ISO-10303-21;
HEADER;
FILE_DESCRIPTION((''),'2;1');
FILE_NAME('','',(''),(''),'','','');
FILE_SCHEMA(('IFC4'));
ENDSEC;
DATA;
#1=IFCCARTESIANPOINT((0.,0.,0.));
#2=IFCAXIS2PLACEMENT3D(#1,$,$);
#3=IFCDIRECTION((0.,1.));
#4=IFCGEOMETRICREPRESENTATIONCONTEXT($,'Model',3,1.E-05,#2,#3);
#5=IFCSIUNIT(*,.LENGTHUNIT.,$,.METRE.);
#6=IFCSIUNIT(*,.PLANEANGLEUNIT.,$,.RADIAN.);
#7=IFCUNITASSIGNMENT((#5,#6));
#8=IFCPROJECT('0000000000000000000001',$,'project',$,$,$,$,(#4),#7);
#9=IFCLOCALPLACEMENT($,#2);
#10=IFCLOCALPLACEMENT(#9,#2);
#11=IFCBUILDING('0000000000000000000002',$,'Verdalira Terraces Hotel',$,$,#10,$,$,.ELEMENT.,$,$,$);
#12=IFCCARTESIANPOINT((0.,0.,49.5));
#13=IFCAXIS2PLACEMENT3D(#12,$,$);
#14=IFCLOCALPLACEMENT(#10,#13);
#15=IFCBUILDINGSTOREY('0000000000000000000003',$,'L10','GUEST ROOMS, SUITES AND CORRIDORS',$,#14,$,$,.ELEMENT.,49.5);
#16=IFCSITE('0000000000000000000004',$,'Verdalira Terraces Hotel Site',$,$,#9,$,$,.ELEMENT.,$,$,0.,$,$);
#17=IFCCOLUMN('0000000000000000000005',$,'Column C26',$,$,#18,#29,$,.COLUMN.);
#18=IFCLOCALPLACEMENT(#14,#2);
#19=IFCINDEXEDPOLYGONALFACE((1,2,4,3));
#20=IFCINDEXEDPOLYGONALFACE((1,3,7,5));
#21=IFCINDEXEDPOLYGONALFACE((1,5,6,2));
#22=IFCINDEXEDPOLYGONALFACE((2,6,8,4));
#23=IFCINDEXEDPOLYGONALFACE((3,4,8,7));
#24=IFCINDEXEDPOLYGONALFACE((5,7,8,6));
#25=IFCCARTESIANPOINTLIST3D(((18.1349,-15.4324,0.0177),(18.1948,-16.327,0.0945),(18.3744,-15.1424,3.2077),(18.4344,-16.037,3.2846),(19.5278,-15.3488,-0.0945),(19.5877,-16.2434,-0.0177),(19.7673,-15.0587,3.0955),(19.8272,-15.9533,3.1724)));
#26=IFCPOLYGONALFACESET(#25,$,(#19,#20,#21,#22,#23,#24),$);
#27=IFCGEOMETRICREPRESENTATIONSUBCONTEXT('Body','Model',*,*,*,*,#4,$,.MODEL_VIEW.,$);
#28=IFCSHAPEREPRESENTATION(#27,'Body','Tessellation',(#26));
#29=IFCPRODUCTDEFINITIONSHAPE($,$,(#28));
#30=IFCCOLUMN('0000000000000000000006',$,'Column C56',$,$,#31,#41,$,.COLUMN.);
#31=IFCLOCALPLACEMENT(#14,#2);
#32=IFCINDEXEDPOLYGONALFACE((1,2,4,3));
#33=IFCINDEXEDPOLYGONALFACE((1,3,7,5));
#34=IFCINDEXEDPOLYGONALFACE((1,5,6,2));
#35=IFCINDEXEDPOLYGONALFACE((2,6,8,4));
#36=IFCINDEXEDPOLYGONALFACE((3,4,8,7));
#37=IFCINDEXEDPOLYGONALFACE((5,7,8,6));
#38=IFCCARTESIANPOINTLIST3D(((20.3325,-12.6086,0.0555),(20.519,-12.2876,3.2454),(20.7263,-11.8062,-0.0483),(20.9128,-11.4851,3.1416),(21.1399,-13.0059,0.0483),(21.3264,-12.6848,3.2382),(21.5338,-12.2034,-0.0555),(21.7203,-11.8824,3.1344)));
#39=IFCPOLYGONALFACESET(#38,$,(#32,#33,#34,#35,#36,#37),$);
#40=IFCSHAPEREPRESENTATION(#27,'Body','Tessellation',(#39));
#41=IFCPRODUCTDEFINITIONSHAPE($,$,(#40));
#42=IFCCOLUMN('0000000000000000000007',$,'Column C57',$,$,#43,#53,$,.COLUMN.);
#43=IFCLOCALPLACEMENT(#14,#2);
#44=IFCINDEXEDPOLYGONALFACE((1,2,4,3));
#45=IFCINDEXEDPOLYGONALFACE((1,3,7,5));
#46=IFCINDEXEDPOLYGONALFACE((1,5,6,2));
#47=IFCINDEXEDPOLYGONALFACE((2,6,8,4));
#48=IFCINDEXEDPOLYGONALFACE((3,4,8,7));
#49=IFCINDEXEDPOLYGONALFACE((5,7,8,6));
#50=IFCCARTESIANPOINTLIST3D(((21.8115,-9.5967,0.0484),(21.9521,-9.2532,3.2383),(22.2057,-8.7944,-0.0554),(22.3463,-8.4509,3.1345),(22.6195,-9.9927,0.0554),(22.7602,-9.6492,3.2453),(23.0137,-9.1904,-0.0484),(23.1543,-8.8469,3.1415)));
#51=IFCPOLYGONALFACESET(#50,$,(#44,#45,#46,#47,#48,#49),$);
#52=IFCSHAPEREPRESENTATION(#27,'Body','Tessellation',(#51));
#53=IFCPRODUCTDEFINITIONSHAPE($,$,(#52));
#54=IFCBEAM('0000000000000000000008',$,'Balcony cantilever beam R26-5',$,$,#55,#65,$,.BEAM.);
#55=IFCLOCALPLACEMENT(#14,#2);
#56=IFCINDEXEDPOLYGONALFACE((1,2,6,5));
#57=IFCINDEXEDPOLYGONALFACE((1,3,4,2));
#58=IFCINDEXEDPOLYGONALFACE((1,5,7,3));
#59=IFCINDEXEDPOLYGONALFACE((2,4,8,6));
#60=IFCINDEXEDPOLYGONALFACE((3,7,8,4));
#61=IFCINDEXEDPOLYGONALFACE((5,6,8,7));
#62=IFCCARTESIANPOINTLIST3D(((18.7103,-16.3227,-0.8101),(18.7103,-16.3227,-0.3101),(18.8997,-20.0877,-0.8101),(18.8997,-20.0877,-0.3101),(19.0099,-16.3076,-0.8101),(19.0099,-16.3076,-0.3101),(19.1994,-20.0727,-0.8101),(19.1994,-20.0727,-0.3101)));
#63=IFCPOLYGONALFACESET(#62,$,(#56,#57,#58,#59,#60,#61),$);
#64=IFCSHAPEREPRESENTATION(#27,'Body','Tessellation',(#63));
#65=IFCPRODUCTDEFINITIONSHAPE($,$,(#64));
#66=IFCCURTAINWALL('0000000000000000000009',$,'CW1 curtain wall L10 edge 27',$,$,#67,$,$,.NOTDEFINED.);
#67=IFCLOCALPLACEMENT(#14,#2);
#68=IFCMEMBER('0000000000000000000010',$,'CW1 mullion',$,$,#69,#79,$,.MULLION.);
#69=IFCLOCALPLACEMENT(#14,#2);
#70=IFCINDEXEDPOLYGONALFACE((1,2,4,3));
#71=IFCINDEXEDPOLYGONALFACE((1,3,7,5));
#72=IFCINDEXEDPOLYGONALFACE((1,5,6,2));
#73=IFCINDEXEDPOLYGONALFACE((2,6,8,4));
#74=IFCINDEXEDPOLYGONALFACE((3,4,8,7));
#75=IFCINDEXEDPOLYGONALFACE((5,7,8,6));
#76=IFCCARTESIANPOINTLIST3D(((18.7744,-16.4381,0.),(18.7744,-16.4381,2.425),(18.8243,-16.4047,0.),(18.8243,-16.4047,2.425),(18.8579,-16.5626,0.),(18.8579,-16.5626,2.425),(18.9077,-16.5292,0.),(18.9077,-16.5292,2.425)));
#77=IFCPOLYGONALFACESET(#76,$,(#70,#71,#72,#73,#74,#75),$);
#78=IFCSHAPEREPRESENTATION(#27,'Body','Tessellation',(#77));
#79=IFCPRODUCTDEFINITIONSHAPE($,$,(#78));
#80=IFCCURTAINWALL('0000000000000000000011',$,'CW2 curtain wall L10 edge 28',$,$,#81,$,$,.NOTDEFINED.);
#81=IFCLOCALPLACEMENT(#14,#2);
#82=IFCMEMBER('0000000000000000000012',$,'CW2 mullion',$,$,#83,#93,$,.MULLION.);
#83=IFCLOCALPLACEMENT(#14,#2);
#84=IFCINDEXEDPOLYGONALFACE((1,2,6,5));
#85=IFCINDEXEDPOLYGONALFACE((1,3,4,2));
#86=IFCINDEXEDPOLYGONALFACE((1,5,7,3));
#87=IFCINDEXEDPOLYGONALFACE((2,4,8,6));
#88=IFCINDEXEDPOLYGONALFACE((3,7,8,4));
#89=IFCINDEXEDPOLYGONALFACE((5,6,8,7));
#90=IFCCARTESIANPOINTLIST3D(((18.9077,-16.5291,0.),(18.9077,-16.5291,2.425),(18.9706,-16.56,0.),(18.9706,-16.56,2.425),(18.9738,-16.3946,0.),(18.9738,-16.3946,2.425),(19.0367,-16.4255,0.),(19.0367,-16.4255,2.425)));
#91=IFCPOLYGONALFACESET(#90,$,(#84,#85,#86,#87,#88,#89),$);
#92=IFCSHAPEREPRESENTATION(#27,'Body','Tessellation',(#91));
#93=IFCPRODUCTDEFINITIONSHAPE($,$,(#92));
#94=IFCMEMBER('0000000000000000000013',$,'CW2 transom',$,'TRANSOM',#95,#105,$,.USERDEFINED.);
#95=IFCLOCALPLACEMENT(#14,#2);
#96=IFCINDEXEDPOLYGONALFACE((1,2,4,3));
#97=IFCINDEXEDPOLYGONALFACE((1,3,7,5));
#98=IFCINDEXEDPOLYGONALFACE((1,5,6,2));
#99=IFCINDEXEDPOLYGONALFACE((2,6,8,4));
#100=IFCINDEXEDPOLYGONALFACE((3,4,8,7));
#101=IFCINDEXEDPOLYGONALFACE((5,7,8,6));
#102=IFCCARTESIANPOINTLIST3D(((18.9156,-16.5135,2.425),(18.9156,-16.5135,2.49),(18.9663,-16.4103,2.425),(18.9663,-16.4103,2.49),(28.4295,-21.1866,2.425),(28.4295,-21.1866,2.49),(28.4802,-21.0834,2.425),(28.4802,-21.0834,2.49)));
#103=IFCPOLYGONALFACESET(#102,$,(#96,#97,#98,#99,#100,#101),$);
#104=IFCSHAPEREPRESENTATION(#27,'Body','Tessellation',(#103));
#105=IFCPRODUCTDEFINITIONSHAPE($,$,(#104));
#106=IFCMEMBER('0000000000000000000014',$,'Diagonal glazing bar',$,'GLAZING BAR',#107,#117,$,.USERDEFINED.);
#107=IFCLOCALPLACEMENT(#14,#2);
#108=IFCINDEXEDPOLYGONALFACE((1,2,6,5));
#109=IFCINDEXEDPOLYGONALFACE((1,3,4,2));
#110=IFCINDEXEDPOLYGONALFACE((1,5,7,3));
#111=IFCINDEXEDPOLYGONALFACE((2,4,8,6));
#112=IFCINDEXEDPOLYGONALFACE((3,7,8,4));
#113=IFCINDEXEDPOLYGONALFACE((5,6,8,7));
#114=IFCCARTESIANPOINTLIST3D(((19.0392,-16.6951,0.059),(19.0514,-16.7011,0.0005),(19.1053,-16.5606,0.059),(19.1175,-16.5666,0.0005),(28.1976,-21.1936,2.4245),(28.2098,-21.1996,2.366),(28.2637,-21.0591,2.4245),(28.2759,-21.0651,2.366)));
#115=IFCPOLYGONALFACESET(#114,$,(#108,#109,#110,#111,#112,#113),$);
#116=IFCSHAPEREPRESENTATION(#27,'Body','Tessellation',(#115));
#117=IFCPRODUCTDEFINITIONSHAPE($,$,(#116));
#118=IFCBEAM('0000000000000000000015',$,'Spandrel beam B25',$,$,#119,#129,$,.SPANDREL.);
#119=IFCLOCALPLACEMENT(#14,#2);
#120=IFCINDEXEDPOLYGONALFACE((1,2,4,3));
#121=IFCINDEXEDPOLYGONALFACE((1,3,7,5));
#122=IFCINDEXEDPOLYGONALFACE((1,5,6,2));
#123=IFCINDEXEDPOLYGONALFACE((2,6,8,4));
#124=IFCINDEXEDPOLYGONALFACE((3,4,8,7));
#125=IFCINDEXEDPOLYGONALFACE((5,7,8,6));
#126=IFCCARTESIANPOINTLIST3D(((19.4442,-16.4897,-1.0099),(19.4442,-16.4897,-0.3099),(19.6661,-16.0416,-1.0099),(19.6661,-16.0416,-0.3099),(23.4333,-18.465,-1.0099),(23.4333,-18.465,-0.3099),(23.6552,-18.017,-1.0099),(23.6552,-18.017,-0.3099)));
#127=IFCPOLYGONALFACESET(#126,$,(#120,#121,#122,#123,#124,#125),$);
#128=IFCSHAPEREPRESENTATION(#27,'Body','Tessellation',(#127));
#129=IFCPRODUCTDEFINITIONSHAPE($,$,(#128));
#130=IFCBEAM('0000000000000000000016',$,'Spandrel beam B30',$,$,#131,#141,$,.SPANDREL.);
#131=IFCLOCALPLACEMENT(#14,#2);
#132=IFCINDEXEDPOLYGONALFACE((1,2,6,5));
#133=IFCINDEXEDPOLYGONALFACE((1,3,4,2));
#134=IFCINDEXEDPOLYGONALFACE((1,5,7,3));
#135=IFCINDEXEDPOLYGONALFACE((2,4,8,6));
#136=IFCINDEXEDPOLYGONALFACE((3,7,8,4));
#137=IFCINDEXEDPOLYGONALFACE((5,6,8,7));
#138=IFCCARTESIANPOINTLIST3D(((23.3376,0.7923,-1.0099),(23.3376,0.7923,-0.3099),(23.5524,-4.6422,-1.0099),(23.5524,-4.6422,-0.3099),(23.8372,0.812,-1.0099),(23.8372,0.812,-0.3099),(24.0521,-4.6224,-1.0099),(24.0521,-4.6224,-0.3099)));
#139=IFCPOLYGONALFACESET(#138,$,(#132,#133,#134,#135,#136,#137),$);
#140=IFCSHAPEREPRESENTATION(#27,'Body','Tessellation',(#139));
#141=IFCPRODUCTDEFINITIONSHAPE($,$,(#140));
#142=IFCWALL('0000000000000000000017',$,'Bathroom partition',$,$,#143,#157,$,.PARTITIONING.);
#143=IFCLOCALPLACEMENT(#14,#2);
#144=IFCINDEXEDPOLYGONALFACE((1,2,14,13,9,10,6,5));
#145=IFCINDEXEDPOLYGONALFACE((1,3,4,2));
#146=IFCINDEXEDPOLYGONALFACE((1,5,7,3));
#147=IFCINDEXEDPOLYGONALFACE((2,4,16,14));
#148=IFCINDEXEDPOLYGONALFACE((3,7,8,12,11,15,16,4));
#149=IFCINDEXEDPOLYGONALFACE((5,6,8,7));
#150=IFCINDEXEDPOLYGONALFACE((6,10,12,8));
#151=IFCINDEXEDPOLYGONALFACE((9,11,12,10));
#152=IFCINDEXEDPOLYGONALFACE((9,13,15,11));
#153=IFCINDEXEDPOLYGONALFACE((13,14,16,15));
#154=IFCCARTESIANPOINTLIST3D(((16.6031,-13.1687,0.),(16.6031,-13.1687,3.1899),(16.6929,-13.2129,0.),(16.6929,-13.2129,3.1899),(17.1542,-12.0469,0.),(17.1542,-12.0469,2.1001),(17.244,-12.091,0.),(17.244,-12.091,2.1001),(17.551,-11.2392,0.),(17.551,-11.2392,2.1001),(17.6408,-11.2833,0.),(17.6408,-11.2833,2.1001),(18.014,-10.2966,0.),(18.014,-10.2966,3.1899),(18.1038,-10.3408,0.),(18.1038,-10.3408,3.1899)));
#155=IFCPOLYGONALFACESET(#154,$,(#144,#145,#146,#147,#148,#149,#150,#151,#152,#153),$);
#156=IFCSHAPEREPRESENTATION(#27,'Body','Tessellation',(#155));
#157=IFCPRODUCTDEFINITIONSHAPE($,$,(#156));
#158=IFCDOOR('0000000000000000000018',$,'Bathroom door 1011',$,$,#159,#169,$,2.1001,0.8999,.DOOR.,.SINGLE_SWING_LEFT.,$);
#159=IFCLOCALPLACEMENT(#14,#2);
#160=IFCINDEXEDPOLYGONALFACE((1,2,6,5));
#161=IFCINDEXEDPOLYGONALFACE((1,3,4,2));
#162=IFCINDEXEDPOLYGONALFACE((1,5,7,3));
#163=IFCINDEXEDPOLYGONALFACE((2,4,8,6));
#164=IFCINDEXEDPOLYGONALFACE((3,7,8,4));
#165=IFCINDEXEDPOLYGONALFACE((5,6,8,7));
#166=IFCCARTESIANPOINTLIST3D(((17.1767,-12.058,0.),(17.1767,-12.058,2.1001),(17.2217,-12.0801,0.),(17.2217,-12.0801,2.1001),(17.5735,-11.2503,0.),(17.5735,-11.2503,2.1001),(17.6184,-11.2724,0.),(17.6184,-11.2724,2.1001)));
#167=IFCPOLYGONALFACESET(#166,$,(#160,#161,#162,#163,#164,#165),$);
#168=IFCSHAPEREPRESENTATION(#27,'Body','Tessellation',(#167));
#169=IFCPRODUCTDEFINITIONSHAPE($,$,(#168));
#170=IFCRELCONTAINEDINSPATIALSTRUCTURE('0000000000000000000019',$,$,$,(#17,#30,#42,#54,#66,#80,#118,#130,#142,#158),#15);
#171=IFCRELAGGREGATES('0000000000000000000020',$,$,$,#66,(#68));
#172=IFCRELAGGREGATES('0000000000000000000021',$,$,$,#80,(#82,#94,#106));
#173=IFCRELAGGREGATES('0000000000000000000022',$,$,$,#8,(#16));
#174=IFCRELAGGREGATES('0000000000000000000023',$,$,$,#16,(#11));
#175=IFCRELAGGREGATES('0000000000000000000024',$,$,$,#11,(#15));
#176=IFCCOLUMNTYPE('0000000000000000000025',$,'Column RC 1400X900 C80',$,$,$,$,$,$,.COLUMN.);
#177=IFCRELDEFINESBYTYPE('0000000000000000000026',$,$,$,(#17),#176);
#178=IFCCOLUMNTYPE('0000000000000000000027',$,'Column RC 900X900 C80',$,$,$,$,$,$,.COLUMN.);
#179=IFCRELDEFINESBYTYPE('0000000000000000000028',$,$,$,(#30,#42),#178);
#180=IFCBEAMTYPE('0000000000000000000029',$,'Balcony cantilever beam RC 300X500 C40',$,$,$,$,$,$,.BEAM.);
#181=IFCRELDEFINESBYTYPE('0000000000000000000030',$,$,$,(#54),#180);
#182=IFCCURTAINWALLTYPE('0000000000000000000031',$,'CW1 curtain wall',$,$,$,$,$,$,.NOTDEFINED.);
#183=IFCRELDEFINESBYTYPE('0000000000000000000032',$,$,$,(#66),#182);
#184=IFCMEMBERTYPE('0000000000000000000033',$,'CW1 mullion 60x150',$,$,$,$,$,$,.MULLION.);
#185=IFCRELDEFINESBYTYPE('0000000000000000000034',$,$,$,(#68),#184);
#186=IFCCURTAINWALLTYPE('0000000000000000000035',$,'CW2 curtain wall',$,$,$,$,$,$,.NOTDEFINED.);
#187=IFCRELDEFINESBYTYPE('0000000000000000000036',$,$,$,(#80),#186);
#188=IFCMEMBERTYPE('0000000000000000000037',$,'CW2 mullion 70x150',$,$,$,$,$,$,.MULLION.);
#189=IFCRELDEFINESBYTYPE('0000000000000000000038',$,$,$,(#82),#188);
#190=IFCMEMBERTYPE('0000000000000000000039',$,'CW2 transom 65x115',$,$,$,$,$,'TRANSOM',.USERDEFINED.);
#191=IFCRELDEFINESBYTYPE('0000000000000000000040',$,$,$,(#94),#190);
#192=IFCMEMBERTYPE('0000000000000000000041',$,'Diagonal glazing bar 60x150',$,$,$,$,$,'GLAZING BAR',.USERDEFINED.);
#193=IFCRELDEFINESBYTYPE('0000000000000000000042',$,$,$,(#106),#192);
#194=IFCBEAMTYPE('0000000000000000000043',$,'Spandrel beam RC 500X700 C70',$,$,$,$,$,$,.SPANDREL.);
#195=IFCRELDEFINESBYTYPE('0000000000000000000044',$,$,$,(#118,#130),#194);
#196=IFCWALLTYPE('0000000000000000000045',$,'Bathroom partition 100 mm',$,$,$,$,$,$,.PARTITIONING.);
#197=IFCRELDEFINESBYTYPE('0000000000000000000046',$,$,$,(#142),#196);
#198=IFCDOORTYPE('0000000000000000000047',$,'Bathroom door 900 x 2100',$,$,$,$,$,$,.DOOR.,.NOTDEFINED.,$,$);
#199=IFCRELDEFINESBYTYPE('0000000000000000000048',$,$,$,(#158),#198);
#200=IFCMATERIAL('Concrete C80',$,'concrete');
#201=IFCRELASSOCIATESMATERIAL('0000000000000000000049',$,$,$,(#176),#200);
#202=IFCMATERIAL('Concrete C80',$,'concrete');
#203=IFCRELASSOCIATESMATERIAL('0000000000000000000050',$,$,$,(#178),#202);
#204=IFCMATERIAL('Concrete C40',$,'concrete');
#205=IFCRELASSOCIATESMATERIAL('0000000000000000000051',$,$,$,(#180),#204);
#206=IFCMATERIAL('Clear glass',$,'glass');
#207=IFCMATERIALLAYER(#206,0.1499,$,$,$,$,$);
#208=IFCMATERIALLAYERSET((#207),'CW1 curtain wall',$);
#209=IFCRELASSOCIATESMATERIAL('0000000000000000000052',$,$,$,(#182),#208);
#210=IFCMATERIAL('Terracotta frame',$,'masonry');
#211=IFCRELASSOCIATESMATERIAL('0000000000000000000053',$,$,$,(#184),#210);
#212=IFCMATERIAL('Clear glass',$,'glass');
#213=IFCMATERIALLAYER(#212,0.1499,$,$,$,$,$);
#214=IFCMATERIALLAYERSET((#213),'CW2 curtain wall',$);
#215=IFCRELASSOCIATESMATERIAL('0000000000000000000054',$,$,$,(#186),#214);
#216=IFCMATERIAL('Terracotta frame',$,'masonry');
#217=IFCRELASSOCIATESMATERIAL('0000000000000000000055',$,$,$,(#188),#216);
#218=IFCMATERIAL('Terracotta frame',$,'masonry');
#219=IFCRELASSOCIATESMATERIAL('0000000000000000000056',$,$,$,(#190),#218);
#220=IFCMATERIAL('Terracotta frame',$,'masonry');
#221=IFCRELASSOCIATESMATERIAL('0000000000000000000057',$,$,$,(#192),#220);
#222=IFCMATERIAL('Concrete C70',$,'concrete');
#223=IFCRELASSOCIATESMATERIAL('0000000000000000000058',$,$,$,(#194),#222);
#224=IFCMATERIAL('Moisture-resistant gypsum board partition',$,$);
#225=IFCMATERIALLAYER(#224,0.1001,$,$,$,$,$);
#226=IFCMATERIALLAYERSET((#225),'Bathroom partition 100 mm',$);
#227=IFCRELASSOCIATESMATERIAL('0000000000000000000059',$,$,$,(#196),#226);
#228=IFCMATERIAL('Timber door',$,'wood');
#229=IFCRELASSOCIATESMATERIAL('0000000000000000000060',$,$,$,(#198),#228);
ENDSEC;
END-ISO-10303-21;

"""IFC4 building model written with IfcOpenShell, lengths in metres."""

from ifc_helpers import new_model, si_unit, direction, frame, frame_2d, origin, origin_2d, place, context, subcontext, project, spatial, rectangle, extrude, material, layer, layer_set, material_profile, profile_set, type_object, element, fill, aggregate, save


model = new_model("IFC4")

# Units and contexts
model_context = context("Model", 3, precision=1e-05, world=origin(), true_north=direction((0.0, 1.0)))
body_context = subcontext(model_context, "Body", "Model", "MODEL_VIEW")
ifc_project = project(units=[si_unit("LENGTHUNIT", "METRE"), si_unit("PLANEANGLEUNIT", "RADIAN")], contexts=[model_context])

# Site, building, storey
site_placement = place(None, origin())
site = spatial("IfcSite", under=ifc_project, at=site_placement, Name="Verdalira Terraces Hotel Site", CompositionType="ELEMENT", RefElevation=0.0)
building_placement = place(site_placement, origin())
building = spatial("IfcBuilding", under=site, at=building_placement, Name="Verdalira Terraces Hotel", CompositionType="ELEMENT")
storey_placement = place(building_placement, frame((0.0, 0.0, 49.5)))
storey = spatial("IfcBuildingStorey", under=building, at=storey_placement, Name="L10", Description="GUEST ROOMS, SUITES AND CORRIDORS", CompositionType="ELEMENT", Elevation=49.5)

# Columns
ifc_material_1 = material(Name="Concrete C80", Category="concrete")
ifc_material_profile_1 = material_profile(ifc_material_1, rectangle(XDim=1.3999, YDim=0.8999, at=origin_2d()), Name="RC 1400X900")
ifc_profile_set_1 = profile_set([ifc_material_profile_1], Name="Concrete C80")
column_type_1 = type_object("IfcColumnType", Name="Column RC 1400X900 C80", PredefinedType="COLUMN", material=ifc_profile_set_1)
column_placement = place(storey_placement, frame((18.8613, -15.8379, 0.0), z_axis=(0.074564, 0.090297, 0.99312), x_axis=(-0.994991, -0.05976, 0.080138)))
element("IfcColumn", 1, at=column_placement, inside=storey, type_object=column_type_1, Name="Column C26", PredefinedType="COLUMN", context=body_context, shape_type="SweptSolid", body=[
    extrude(rectangle(XDim=1.3999, YDim=0.8999, at=origin_2d()), origin(), (0.0, 0.0, 1.0), 3.2122),
])
ifc_material_2 = material(Name="Concrete C80", Category="concrete")
ifc_material_profile_2 = material_profile(ifc_material_2, rectangle(XDim=0.8999, YDim=0.8999, at=origin_2d()), Name="RC 900X900")
ifc_profile_set_2 = profile_set([ifc_material_profile_2], Name="Concrete C80")
column_type_2 = type_object("IfcColumnType", Name="Column RC 900X900 C80", PredefinedType="COLUMN", material=ifc_profile_set_2)
for number, where, z_axis, x_axis, name in (
    (2, (20.9331, -12.406, 0.0), (0.05808, 0.099968, 0.993294), (0.89726, -0.44143, -0.008038), "Column C56"),
    (3, (22.4126, -9.3936, 0.0), (0.043788, 0.106962, 0.993298), (0.897908, -0.440114, 0.00781), "Column C57"),
):
    element("IfcColumn", number, at=place(storey_placement, frame(where, z_axis=z_axis, x_axis=x_axis)), inside=storey, type_object=column_type_2, Name=name, PredefinedType="COLUMN", context=body_context, shape_type="SweptSolid", body=[
        extrude(rectangle(XDim=0.8999, YDim=0.8999, at=origin_2d()), origin(), (0.0, 0.0, 1.0), 3.2114),
    ])

# Beam
ifc_material_3 = material(Name="Concrete C40", Category="concrete")
ifc_material_profile_3 = material_profile(ifc_material_3, rectangle(XDim=0.3, YDim=0.5, at=origin_2d()), Name="RC 300X500")
ifc_profile_set_3 = profile_set([ifc_material_profile_3], Name="Concrete C40")
beam_type_1 = type_object("IfcBeamType", Name="Balcony cantilever beam RC 300X500 C40", PredefinedType="BEAM", material=ifc_profile_set_3)
beam_1_placement = place(storey_placement, frame((18.8601, -16.3152, -0.5601), z_axis=(0.050257, -0.998736, 0.0), x_axis=(0.998736, 0.050257, 0.0)))
element("IfcBeam", 4, at=beam_1_placement, inside=storey, type_object=beam_type_1, Name="Balcony cantilever beam R26-5", PredefinedType="BEAM", context=body_context, shape_type="SweptSolid", body=[
    extrude(rectangle(XDim=0.3, YDim=0.5, at=origin_2d()), origin(), (0.0, 0.0, 1.0), 3.7698),
])

# Curtain wall, member
ifc_material_4 = material(Name="Clear glass", Category="glass")
ifc_layer_1 = layer(ifc_material_4, 0.1499)
ifc_layer_set_1 = layer_set([ifc_layer_1], Name="CW1 curtain wall")
curtain_wall_type_1 = type_object("IfcCurtainWallType", Name="CW1 curtain wall", PredefinedType="NOTDEFINED", material=ifc_layer_set_1)
curtain_wall_1_placement = place(storey_placement, origin())
curtain_wall_1 = element("IfcCurtainWall", 5, at=curtain_wall_1_placement, inside=storey, type_object=curtain_wall_type_1, Name="CW1 curtain wall L10 edge 27", PredefinedType="NOTDEFINED")
ifc_material_5 = material(Name="Terracotta frame", Category="masonry")
ifc_material_profile_4 = material_profile(ifc_material_5, rectangle(XDim=0.0601, YDim=0.1499, at=origin_2d()), Name="MU 60x150")
ifc_profile_set_4 = profile_set([ifc_material_profile_4], Name="Terracotta frame")
member_type_1 = type_object("IfcMemberType", Name="CW1 mullion 60x150", PredefinedType="MULLION", material=ifc_profile_set_4)
member_1_placement = place(storey_placement, frame((18.8411, -16.4836, 0.0), z_axis=(0.0, 0.0, 1.0), x_axis=(0.830596, 0.556876, 0.0)))
member_1 = element("IfcMember", 6, at=member_1_placement, type_object=member_type_1, Name="CW1 mullion", PredefinedType="MULLION", context=body_context, shape_type="SweptSolid", body=[
    extrude(rectangle(XDim=0.0601, YDim=0.1499, at=origin_2d()), origin(), (0.0, 0.0, 1.0), 2.425),
])
aggregate(curtain_wall_1, [member_1])

# Curtain wall, members
ifc_material_6 = material(Name="Clear glass", Category="glass")
ifc_layer_2 = layer(ifc_material_6, 0.1499)
ifc_layer_set_2 = layer_set([ifc_layer_2], Name="CW2 curtain wall")
curtain_wall_type_2 = type_object("IfcCurtainWallType", Name="CW2 curtain wall", PredefinedType="NOTDEFINED", material=ifc_layer_set_2)
curtain_wall_2_placement = place(storey_placement, origin())
curtain_wall_2 = element("IfcCurtainWall", 7, at=curtain_wall_2_placement, inside=storey, type_object=curtain_wall_type_2, Name="CW2 curtain wall L10 edge 28", PredefinedType="NOTDEFINED")
ifc_material_7 = material(Name="Terracotta frame", Category="masonry")
ifc_material_profile_5 = material_profile(ifc_material_7, rectangle(XDim=0.0701, YDim=0.1499, at=origin_2d()), Name="MU 70x150")
ifc_profile_set_5 = profile_set([ifc_material_profile_5], Name="Terracotta frame")
member_type_2 = type_object("IfcMemberType", Name="CW2 mullion 70x150", PredefinedType="MULLION", material=ifc_profile_set_5)
member_2_placement = place(storey_placement, frame((18.9722, -16.4773, 0.0), z_axis=(0.0, 0.0, 1.0), x_axis=(0.897566, -0.440879, 0.0)))
member_2 = element("IfcMember", 8, at=member_2_placement, type_object=member_type_2, Name="CW2 mullion", PredefinedType="MULLION", context=body_context, shape_type="SweptSolid", body=[
    extrude(rectangle(XDim=0.0701, YDim=0.1499, at=origin_2d()), origin(), (0.0, 0.0, 1.0), 2.425),
])
ifc_material_8 = material(Name="Terracotta frame", Category="masonry")
ifc_material_profile_6 = material_profile(ifc_material_8, rectangle(XDim=0.115, YDim=0.0649, at=origin_2d()), Name="TR 65x115")
ifc_profile_set_6 = profile_set([ifc_material_profile_6], Name="Terracotta frame")
member_type_3 = type_object("IfcMemberType", Name="CW2 transom 65x115", ElementType="TRANSOM", PredefinedType="USERDEFINED", material=ifc_profile_set_6)
member_3_placement = place(storey_placement, frame((18.9409, -16.4619, 2.4575), z_axis=(0.89757, -0.440873, 0.0), x_axis=(0.440873, 0.89757, 0.0)))
member_3 = element("IfcMember", 9, at=member_3_placement, type_object=member_type_3, Name="CW2 transom", ObjectType="TRANSOM", PredefinedType="USERDEFINED", context=body_context, shape_type="SweptSolid", body=[
    extrude(rectangle(XDim=0.115, YDim=0.0649, at=origin_2d()), origin(), (0.0, 0.0, 1.0), 10.5996),
])
ifc_material_9 = material(Name="Terracotta frame", Category="masonry")
ifc_material_profile_7 = material_profile(ifc_material_9, rectangle(XDim=0.1499, YDim=0.0601, at=origin_2d()), Name="GB 60x150")
ifc_profile_set_7 = profile_set([ifc_material_profile_7], Name="Terracotta frame")
member_type_4 = type_object("IfcMemberType", Name="Diagonal glazing bar 60x150", ElementType="GLAZING BAR", PredefinedType="USERDEFINED", material=ifc_profile_set_7)
member_4_placement = place(storey_placement, frame((19.0784, -16.6309, 0.0298), z_axis=(0.874379, -0.429486, 0.225838), x_axis=(0.440876, 0.897568, 0.0)))
member_4 = element("IfcMember", 10, at=member_4_placement, type_object=member_type_4, Name="Diagonal glazing bar", ObjectType="GLAZING BAR", PredefinedType="USERDEFINED", context=body_context, shape_type="SweptSolid", body=[
    extrude(rectangle(XDim=0.1499, YDim=0.0601, at=origin_2d()), origin(), (0.0, 0.0, 1.0), 10.4741),
])
aggregate(curtain_wall_2, [member_2, member_3, member_4])

# Beams
ifc_material_10 = material(Name="Concrete C70", Category="concrete")
ifc_material_profile_8 = material_profile(ifc_material_10, rectangle(XDim=0.5, YDim=0.7, at=origin_2d()), Name="RC 500X700")
ifc_profile_set_8 = profile_set([ifc_material_profile_8], Name="Concrete C70")
beam_type_2 = type_object("IfcBeamType", Name="Spandrel beam RC 500X700 C70", PredefinedType="SPANDREL", material=ifc_profile_set_8)
beam_2_placement = place(storey_placement, frame((19.5552, -16.2656, -0.6599), z_axis=(0.896143, -0.443766, 0.0), x_axis=(0.443766, 0.896143, 0.0)))
element("IfcBeam", 11, at=beam_2_placement, inside=storey, type_object=beam_type_2, Name="Spandrel beam B25", PredefinedType="SPANDREL", context=body_context, shape_type="SweptSolid", body=[
    extrude(rectangle(XDim=0.5, YDim=0.7, at=origin_2d()), origin(), (0.0, 0.0, 1.0), 4.4514),
])
beam_3_placement = place(storey_placement, frame((23.8022, -4.6323, -0.6599), z_axis=(-0.039502, 0.999219, 0.0), x_axis=(-0.999219, -0.039502, 0.0)))
element("IfcBeam", 12, at=beam_3_placement, inside=storey, type_object=beam_type_2, Name="Spandrel beam B30", PredefinedType="SPANDREL", context=body_context, shape_type="SweptSolid", body=[
    extrude(rectangle(XDim=0.5, YDim=0.7, at=origin_2d()), origin(), (0.0, 0.0, 1.0), 5.4387),
])

# Wall, opening, door
ifc_material_11 = material(Name="Moisture-resistant gypsum board partition")
ifc_layer_3 = layer(ifc_material_11, 0.1001)
ifc_layer_set_3 = layer_set([ifc_layer_3], Name="Bathroom partition 100 mm")
wall_type_1 = type_object("IfcWallType", Name="Bathroom partition 100 mm", PredefinedType="PARTITIONING", material=ifc_layer_set_3)
wall_1_placement = place(storey_placement, frame((16.6479, -13.1909, 0.0), z_axis=(0.0, 0.0, 1.0), x_axis=(0.440916, 0.897548, 0.0)))
wall_1 = element("IfcWall", 13, at=wall_1_placement, inside=storey, type_object=wall_type_1, Name="Bathroom partition", PredefinedType="PARTITIONING", context=body_context, shape_type="SweptSolid", body=[
    extrude(rectangle(XDim=3.2, YDim=0.1001, at=frame_2d((1.6001, 0.0))), origin(), (0.0, 0.0, 1.0), 3.1899),
])
opening_1_placement = place(wall_1_placement, frame((1.25, 0.0, 0.0)))
opening_1 = element("IfcOpeningElement", 14, at=opening_1_placement, cuts=wall_1, PredefinedType="OPENING", context=body_context, shape_type="SweptSolid", body=[
    extrude(rectangle(XDim=0.8999, YDim=2.1001, at=frame_2d((0.45, 1.05))), frame((0.0, 0.0601, 0.0), z_axis=(0.0, -1.0, 0.0), x_axis=(1.0, 0.0, 0.0)), (0.0, 0.0, 1.0), 0.1201),
])
ifc_material_12 = material(Name="Timber door", Category="wood")
door_type = type_object("IfcDoorType", Name="Bathroom door 900 x 2100", OperationType="NOTDEFINED", PredefinedType="DOOR", material=ifc_material_12)
door_1_placement = place(opening_1_placement, origin())
door_1 = element("IfcDoor", 15, at=door_1_placement, inside=storey, type_object=door_type, Name="Bathroom door 1011", OperationType="SINGLE_SWING_LEFT", OverallHeight=2.1001, OverallWidth=0.8999, PredefinedType="DOOR", context=body_context, shape_type="SweptSolid", body=[
    extrude(rectangle(XDim=0.8999, YDim=2.1001, at=frame_2d((0.45, 1.05))), frame((0.0, 0.0249, 0.0), z_axis=(0.0, -1.0, 0.0), x_axis=(1.0, 0.0, 0.0)), (0.0, 0.0, 1.0), 0.05),
])
fill(opening_1, door_1)

save(model, "model.ifc")
